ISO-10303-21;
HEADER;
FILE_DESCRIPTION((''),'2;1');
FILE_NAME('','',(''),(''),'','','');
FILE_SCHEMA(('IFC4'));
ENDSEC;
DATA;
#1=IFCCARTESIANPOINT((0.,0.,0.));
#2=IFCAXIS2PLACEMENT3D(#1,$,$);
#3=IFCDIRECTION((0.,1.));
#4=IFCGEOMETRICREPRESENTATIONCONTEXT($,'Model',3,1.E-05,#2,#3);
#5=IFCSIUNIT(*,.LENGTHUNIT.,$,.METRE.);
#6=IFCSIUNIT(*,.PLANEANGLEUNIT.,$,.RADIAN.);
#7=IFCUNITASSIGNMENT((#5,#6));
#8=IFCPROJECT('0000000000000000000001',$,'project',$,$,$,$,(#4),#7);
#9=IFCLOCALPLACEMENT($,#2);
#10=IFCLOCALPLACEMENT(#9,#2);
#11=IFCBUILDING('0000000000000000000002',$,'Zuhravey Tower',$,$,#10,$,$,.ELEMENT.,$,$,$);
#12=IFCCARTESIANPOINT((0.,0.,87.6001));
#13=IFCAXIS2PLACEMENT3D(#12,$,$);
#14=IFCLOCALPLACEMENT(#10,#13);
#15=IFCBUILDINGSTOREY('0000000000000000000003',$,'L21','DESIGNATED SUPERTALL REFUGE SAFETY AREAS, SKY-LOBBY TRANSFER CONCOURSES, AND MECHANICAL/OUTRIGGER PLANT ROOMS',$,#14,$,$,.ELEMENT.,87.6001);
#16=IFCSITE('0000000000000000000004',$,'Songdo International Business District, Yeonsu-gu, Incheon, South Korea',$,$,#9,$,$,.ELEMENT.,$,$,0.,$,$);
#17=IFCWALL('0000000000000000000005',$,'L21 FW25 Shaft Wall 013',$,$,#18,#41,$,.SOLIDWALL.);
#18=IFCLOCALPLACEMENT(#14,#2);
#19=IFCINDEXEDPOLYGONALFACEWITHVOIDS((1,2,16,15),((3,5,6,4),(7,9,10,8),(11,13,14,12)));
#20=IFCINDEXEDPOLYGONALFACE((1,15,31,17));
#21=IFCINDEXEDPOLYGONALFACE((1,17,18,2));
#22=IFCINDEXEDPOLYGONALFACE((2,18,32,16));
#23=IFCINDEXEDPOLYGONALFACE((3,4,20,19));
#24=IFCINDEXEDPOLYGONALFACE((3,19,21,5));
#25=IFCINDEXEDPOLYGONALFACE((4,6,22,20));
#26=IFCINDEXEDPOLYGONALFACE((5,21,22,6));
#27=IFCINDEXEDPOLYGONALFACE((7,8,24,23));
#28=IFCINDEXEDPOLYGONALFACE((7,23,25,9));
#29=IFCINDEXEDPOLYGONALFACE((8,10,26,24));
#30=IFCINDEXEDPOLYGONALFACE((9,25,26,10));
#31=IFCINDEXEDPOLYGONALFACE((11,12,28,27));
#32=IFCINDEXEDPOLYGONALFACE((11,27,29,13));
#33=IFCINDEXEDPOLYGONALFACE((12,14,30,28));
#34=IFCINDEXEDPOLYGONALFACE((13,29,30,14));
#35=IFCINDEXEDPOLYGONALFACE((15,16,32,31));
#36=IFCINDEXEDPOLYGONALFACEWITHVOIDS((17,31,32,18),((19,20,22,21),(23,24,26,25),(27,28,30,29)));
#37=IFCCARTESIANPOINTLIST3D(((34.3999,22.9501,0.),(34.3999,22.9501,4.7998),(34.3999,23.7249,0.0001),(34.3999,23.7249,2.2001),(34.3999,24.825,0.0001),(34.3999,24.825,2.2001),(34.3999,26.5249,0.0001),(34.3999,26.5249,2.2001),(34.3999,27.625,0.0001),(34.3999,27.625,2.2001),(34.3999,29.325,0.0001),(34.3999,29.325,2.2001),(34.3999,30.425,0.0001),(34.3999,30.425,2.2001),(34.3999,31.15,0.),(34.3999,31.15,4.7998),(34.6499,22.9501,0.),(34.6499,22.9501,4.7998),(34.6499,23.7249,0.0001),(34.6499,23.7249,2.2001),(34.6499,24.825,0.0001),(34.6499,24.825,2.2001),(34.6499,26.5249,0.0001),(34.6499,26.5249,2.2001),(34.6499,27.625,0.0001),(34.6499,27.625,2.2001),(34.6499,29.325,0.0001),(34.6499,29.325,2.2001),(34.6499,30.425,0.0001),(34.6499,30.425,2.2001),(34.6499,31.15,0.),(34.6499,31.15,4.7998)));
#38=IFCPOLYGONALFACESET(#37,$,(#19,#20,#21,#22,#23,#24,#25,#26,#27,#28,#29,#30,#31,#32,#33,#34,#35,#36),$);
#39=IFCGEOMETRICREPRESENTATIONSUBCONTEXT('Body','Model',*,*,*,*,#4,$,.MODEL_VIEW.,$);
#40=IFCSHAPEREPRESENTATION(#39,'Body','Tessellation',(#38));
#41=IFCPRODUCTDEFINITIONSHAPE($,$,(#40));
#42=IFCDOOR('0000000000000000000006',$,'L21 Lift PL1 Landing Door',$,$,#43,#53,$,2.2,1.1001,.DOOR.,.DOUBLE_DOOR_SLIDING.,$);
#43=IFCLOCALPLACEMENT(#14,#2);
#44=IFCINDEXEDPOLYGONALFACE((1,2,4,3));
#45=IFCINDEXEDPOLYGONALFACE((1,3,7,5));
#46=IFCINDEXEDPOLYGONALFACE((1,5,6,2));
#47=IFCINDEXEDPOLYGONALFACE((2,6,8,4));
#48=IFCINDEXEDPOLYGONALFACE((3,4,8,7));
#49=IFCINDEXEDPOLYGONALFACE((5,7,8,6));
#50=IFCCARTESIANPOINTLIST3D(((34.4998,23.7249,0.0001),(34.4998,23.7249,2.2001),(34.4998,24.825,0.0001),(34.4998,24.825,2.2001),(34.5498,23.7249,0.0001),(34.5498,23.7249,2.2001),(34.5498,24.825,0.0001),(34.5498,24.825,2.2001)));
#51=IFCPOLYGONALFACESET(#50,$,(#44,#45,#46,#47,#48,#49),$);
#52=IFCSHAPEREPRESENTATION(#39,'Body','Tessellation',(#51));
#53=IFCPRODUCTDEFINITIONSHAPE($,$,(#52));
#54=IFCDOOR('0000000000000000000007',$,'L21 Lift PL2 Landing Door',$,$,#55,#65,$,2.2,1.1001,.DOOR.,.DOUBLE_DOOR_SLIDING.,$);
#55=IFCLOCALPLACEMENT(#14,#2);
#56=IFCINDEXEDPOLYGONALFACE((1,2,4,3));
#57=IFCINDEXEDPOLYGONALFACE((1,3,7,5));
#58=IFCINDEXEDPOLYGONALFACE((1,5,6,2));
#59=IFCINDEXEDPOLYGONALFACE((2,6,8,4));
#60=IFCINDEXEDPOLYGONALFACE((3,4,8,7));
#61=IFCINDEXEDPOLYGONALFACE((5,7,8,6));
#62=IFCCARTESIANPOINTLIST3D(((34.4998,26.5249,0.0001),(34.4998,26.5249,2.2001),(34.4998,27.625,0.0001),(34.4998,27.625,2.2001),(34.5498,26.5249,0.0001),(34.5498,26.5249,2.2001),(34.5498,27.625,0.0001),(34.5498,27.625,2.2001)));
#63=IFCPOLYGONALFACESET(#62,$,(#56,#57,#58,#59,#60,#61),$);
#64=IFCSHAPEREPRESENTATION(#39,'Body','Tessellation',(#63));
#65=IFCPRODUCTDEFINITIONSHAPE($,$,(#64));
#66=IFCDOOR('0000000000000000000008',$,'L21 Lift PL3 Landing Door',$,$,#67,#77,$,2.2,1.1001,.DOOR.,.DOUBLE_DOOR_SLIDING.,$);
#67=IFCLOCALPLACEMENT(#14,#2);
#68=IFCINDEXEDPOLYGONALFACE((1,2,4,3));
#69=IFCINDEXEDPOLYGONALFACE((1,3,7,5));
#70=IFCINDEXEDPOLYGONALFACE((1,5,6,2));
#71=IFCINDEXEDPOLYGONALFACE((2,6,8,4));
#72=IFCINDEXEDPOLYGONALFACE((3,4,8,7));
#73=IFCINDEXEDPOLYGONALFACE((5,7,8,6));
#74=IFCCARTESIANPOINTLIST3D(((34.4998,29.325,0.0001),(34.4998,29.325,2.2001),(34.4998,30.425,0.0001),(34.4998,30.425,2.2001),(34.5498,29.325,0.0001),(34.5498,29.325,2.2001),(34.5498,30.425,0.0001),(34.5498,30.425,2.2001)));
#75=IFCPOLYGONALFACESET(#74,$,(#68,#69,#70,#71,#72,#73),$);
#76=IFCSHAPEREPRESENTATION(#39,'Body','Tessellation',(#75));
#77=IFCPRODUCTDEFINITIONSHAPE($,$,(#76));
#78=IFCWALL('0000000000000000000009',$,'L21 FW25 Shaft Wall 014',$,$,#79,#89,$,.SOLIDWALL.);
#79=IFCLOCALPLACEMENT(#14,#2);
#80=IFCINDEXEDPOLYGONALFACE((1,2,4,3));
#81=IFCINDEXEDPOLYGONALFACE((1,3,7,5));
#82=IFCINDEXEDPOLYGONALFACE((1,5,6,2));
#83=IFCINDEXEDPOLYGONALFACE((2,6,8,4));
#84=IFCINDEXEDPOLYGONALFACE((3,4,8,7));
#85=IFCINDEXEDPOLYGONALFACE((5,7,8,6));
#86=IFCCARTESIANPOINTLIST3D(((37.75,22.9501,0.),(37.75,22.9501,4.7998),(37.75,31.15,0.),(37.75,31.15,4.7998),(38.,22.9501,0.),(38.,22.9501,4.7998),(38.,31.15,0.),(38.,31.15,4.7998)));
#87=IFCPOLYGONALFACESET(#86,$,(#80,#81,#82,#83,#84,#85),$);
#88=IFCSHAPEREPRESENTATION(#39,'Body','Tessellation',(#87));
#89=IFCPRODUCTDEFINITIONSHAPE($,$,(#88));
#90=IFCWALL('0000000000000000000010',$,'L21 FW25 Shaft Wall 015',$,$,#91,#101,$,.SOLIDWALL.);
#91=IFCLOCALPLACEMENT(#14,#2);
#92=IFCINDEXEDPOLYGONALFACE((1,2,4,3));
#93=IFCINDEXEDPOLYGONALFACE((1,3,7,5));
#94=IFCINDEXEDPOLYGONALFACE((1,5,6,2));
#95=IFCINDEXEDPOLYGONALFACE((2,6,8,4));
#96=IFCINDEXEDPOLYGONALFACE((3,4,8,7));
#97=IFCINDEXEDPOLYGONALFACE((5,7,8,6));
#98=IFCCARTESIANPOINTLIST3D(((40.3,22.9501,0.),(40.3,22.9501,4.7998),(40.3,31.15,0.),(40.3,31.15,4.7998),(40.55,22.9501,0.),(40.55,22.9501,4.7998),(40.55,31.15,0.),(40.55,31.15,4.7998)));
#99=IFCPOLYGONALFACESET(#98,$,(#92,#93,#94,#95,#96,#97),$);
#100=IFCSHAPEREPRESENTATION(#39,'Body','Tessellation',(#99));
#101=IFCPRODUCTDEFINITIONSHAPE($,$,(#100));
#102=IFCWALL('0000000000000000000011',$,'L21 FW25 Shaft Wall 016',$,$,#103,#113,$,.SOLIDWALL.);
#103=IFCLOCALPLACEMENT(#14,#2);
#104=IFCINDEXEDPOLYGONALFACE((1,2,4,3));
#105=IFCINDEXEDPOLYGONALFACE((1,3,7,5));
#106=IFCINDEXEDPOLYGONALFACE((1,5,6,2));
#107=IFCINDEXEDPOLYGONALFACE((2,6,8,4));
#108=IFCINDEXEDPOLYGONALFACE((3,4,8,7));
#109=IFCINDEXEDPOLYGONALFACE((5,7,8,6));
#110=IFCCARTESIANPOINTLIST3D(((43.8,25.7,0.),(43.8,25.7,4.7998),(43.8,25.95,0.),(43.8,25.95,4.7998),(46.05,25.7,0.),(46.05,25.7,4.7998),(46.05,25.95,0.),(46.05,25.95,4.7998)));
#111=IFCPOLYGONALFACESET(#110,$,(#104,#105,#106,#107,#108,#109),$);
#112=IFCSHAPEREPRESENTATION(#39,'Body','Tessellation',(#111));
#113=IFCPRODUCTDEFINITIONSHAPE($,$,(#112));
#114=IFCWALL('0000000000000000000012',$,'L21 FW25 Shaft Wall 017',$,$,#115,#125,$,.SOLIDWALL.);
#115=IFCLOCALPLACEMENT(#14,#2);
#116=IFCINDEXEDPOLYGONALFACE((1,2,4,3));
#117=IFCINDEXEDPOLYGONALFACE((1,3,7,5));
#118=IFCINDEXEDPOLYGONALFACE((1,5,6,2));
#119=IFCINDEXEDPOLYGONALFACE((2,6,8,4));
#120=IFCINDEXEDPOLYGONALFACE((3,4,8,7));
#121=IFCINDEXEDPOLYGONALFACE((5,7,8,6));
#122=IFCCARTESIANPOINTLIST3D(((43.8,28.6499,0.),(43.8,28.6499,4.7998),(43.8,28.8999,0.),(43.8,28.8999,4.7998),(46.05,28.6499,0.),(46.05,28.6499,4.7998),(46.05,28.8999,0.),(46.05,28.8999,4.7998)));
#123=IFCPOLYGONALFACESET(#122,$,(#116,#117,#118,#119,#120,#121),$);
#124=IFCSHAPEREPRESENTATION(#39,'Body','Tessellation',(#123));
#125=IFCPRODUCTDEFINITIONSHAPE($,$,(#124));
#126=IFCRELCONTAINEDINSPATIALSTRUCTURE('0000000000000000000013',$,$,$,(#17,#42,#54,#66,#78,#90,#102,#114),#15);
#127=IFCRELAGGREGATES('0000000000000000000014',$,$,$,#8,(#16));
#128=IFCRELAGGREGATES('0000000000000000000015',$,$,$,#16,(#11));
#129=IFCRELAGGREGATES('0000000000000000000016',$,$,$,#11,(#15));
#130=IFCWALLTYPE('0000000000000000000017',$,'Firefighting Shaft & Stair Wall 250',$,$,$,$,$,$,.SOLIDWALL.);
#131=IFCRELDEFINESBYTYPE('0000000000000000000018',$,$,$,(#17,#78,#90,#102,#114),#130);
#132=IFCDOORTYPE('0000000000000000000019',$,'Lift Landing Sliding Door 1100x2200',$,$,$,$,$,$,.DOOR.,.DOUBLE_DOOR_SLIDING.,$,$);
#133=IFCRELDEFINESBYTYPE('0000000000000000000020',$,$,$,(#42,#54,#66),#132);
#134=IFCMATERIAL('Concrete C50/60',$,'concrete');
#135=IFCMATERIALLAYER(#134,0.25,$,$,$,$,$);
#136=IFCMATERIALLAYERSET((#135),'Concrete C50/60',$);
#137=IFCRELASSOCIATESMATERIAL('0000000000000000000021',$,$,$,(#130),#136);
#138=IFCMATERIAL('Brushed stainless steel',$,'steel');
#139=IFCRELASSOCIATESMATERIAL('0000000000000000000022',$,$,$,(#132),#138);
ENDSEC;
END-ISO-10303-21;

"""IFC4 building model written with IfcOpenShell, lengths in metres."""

from ifc_helpers import new_model, si_unit, direction, frame, frame_2d, origin, place, context, subcontext, project, spatial, rectangle, extrude, material, layer, layer_set, type_object, element, fill, save


model = new_model("IFC4")

# Units and contexts
model_context = context("Model", 3, precision=1e-05, world=origin(), true_north=direction((0.0, 1.0)))
body_context = subcontext(model_context, "Body", "Model", "MODEL_VIEW")
ifc_project = project(units=[si_unit("LENGTHUNIT", "METRE"), si_unit("PLANEANGLEUNIT", "RADIAN")], contexts=[model_context])

# Site, building, storey
site_placement = place(None, origin())
site = spatial("IfcSite", under=ifc_project, at=site_placement, Name="Songdo International Business District, Yeonsu-gu, Incheon, South Korea", CompositionType="ELEMENT", RefElevation=0.0)
building_placement = place(site_placement, origin())
building = spatial("IfcBuilding", under=site, at=building_placement, Name="Zuhravey Tower", CompositionType="ELEMENT")
storey_placement = place(building_placement, frame((0.0, 0.0, 87.6001)))
storey = spatial("IfcBuildingStorey", under=building, at=storey_placement, Name="L21", Description="DESIGNATED SUPERTALL REFUGE SAFETY AREAS, SKY-LOBBY TRANSFER CONCOURSES, AND MECHANICAL/OUTRIGGER PLANT ROOMS", CompositionType="ELEMENT", Elevation=87.6001)

# Shared definitions
ifc_material_1 = material(Name="Concrete C50/60", Category="concrete")
ifc_layer_1 = layer(ifc_material_1, 0.25)
ifc_layer_set_1 = layer_set([ifc_layer_1], Name="Concrete C50/60")
wall_type_1 = type_object("IfcWallType", Name="Firefighting Shaft & Stair Wall 250", PredefinedType="SOLIDWALL", material=ifc_layer_set_1)

# Wall, openings, doors
wall_1_placement = place(storey_placement, frame((34.5249, 22.95, 0.0), z_axis=(0.0, 0.0, 1.0), x_axis=(0.0, 1.0, 0.0)))
wall_1 = element("IfcWall", 1, at=wall_1_placement, inside=storey, type_object=wall_type_1, Name="L21 FW25 Shaft Wall 013", PredefinedType="SOLIDWALL", context=body_context, shape_type="SweptSolid", body=[
    extrude(rectangle(XDim=8.2, YDim=0.25, at=frame_2d((4.1001, 0.0))), origin(), (0.0, 0.0, 1.0), 4.7998),
])
opening_1_placement = place(wall_1_placement, frame((0.7749, 0.0, 0.0)))
opening_1 = element("IfcOpeningElement", 2, at=opening_1_placement, cuts=wall_1, PredefinedType="OPENING", context=body_context, shape_type="SweptSolid", body=[
    extrude(rectangle(XDim=1.1001, YDim=2.2, at=frame_2d((0.55, 1.1001))), frame((0.0, 0.137, 0.0), z_axis=(0.0, -1.0, 0.0), x_axis=(1.0, 0.0, 0.0)), (0.0, 0.0, 1.0), 0.2739),
])
opening_2_placement = place(wall_1_placement, frame((3.575, 0.0, 0.0)))
opening_2 = element("IfcOpeningElement", 3, at=opening_2_placement, cuts=wall_1, PredefinedType="OPENING", context=body_context, shape_type="SweptSolid", body=[
    extrude(rectangle(XDim=1.1001, YDim=2.2, at=frame_2d((0.55, 1.1001))), frame((0.0, 0.137, 0.0), z_axis=(0.0, -1.0, 0.0), x_axis=(1.0, 0.0, 0.0)), (0.0, 0.0, 1.0), 0.2739),
])
opening_3_placement = place(wall_1_placement, frame((6.375, 0.0, 0.0)))
opening_3 = element("IfcOpeningElement", 4, at=opening_3_placement, cuts=wall_1, PredefinedType="OPENING", context=body_context, shape_type="SweptSolid", body=[
    extrude(rectangle(XDim=1.1001, YDim=2.2, at=frame_2d((0.55, 1.1001))), frame((0.0, 0.137, 0.0), z_axis=(0.0, -1.0, 0.0), x_axis=(1.0, 0.0, 0.0)), (0.0, 0.0, 1.0), 0.2739),
])
ifc_material_2 = material(Name="Brushed stainless steel", Category="steel")
door_type_1 = type_object("IfcDoorType", Name="Lift Landing Sliding Door 1100x2200", OperationType="DOUBLE_DOOR_SLIDING", PredefinedType="DOOR", material=ifc_material_2)
door_1_placement = place(opening_1_placement, frame((1.1001, 0.0, 0.0), z_axis=(0.0, 0.0, 1.0), x_axis=(-1.0, 0.0, 0.0)))
door_1 = element("IfcDoor", 5, at=door_1_placement, inside=storey, type_object=door_type_1, Name="L21 Lift PL1 Landing Door", OperationType="DOUBLE_DOOR_SLIDING", OverallHeight=2.2, OverallWidth=1.1001, PredefinedType="DOOR", context=body_context, shape_type="SweptSolid", body=[
    extrude(rectangle(XDim=1.1001, YDim=2.2, at=frame_2d((0.55, 1.1001))), frame((0.0, 0.0249, 0.0), z_axis=(0.0, -1.0, 0.0), x_axis=(1.0, 0.0, 0.0)), (0.0, 0.0, 1.0), 0.05),
])
fill(opening_1, door_1)
door_2_placement = place(opening_2_placement, frame((1.1001, 0.0, 0.0), z_axis=(0.0, 0.0, 1.0), x_axis=(-1.0, 0.0, 0.0)))
door_2 = element("IfcDoor", 6, at=door_2_placement, inside=storey, type_object=door_type_1, Name="L21 Lift PL2 Landing Door", OperationType="DOUBLE_DOOR_SLIDING", OverallHeight=2.2, OverallWidth=1.1001, PredefinedType="DOOR", context=body_context, shape_type="SweptSolid", body=[
    extrude(rectangle(XDim=1.1001, YDim=2.2, at=frame_2d((0.55, 1.1001))), frame((0.0, 0.0249, 0.0), z_axis=(0.0, -1.0, 0.0), x_axis=(1.0, 0.0, 0.0)), (0.0, 0.0, 1.0), 0.05),
])
fill(opening_2, door_2)
door_3_placement = place(opening_3_placement, frame((1.1001, 0.0, 0.0), z_axis=(0.0, 0.0, 1.0), x_axis=(-1.0, 0.0, 0.0)))
door_3 = element("IfcDoor", 7, at=door_3_placement, inside=storey, type_object=door_type_1, Name="L21 Lift PL3 Landing Door", OperationType="DOUBLE_DOOR_SLIDING", OverallHeight=2.2, OverallWidth=1.1001, PredefinedType="DOOR", context=body_context, shape_type="SweptSolid", body=[
    extrude(rectangle(XDim=1.1001, YDim=2.2, at=frame_2d((0.55, 1.1001))), frame((0.0, 0.0249, 0.0), z_axis=(0.0, -1.0, 0.0), x_axis=(1.0, 0.0, 0.0)), (0.0, 0.0, 1.0), 0.05),
])
fill(opening_3, door_3)

# Walls
for number, where, z_axis, x_axis, name in (
    (8, (37.875, 22.95, 0.0), (0.0, 0.0, 1.0), (0.0, 1.0, 0.0), "L21 FW25 Shaft Wall 014"),
    (9, (40.425, 22.95, 0.0), (0.0, 0.0, 1.0), (0.0, 1.0, 0.0), "L21 FW25 Shaft Wall 015"),
):
    element("IfcWall", number, at=place(storey_placement, frame(where, z_axis=z_axis, x_axis=x_axis)), inside=storey, type_object=wall_type_1, Name=name, PredefinedType="SOLIDWALL", context=body_context, shape_type="SweptSolid", body=[
        extrude(rectangle(XDim=8.2, YDim=0.25, at=frame_2d((4.1001, 0.0))), origin(), (0.0, 0.0, 1.0), 4.7998),
    ])
for number, where, z_axis, x_axis, name in (
    (10, (43.8, 25.825, 0.0), (0.0, 0.0, 1.0), (1.0, 0.0, 0.0), "L21 FW25 Shaft Wall 016"),
    (11, (43.8, 28.7749, 0.0), (0.0, 0.0, 1.0), (1.0, 0.0, 0.0), "L21 FW25 Shaft Wall 017"),
):
    element("IfcWall", number, at=place(storey_placement, frame(where, z_axis=z_axis, x_axis=x_axis)), inside=storey, type_object=wall_type_1, Name=name, PredefinedType="SOLIDWALL", context=body_context, shape_type="SweptSolid", body=[
        extrude(rectangle(XDim=2.25, YDim=0.25, at=frame_2d((1.125, 0.0))), origin(), (0.0, 0.0, 1.0), 4.7998),
    ])

save(model, "model.ifc")
